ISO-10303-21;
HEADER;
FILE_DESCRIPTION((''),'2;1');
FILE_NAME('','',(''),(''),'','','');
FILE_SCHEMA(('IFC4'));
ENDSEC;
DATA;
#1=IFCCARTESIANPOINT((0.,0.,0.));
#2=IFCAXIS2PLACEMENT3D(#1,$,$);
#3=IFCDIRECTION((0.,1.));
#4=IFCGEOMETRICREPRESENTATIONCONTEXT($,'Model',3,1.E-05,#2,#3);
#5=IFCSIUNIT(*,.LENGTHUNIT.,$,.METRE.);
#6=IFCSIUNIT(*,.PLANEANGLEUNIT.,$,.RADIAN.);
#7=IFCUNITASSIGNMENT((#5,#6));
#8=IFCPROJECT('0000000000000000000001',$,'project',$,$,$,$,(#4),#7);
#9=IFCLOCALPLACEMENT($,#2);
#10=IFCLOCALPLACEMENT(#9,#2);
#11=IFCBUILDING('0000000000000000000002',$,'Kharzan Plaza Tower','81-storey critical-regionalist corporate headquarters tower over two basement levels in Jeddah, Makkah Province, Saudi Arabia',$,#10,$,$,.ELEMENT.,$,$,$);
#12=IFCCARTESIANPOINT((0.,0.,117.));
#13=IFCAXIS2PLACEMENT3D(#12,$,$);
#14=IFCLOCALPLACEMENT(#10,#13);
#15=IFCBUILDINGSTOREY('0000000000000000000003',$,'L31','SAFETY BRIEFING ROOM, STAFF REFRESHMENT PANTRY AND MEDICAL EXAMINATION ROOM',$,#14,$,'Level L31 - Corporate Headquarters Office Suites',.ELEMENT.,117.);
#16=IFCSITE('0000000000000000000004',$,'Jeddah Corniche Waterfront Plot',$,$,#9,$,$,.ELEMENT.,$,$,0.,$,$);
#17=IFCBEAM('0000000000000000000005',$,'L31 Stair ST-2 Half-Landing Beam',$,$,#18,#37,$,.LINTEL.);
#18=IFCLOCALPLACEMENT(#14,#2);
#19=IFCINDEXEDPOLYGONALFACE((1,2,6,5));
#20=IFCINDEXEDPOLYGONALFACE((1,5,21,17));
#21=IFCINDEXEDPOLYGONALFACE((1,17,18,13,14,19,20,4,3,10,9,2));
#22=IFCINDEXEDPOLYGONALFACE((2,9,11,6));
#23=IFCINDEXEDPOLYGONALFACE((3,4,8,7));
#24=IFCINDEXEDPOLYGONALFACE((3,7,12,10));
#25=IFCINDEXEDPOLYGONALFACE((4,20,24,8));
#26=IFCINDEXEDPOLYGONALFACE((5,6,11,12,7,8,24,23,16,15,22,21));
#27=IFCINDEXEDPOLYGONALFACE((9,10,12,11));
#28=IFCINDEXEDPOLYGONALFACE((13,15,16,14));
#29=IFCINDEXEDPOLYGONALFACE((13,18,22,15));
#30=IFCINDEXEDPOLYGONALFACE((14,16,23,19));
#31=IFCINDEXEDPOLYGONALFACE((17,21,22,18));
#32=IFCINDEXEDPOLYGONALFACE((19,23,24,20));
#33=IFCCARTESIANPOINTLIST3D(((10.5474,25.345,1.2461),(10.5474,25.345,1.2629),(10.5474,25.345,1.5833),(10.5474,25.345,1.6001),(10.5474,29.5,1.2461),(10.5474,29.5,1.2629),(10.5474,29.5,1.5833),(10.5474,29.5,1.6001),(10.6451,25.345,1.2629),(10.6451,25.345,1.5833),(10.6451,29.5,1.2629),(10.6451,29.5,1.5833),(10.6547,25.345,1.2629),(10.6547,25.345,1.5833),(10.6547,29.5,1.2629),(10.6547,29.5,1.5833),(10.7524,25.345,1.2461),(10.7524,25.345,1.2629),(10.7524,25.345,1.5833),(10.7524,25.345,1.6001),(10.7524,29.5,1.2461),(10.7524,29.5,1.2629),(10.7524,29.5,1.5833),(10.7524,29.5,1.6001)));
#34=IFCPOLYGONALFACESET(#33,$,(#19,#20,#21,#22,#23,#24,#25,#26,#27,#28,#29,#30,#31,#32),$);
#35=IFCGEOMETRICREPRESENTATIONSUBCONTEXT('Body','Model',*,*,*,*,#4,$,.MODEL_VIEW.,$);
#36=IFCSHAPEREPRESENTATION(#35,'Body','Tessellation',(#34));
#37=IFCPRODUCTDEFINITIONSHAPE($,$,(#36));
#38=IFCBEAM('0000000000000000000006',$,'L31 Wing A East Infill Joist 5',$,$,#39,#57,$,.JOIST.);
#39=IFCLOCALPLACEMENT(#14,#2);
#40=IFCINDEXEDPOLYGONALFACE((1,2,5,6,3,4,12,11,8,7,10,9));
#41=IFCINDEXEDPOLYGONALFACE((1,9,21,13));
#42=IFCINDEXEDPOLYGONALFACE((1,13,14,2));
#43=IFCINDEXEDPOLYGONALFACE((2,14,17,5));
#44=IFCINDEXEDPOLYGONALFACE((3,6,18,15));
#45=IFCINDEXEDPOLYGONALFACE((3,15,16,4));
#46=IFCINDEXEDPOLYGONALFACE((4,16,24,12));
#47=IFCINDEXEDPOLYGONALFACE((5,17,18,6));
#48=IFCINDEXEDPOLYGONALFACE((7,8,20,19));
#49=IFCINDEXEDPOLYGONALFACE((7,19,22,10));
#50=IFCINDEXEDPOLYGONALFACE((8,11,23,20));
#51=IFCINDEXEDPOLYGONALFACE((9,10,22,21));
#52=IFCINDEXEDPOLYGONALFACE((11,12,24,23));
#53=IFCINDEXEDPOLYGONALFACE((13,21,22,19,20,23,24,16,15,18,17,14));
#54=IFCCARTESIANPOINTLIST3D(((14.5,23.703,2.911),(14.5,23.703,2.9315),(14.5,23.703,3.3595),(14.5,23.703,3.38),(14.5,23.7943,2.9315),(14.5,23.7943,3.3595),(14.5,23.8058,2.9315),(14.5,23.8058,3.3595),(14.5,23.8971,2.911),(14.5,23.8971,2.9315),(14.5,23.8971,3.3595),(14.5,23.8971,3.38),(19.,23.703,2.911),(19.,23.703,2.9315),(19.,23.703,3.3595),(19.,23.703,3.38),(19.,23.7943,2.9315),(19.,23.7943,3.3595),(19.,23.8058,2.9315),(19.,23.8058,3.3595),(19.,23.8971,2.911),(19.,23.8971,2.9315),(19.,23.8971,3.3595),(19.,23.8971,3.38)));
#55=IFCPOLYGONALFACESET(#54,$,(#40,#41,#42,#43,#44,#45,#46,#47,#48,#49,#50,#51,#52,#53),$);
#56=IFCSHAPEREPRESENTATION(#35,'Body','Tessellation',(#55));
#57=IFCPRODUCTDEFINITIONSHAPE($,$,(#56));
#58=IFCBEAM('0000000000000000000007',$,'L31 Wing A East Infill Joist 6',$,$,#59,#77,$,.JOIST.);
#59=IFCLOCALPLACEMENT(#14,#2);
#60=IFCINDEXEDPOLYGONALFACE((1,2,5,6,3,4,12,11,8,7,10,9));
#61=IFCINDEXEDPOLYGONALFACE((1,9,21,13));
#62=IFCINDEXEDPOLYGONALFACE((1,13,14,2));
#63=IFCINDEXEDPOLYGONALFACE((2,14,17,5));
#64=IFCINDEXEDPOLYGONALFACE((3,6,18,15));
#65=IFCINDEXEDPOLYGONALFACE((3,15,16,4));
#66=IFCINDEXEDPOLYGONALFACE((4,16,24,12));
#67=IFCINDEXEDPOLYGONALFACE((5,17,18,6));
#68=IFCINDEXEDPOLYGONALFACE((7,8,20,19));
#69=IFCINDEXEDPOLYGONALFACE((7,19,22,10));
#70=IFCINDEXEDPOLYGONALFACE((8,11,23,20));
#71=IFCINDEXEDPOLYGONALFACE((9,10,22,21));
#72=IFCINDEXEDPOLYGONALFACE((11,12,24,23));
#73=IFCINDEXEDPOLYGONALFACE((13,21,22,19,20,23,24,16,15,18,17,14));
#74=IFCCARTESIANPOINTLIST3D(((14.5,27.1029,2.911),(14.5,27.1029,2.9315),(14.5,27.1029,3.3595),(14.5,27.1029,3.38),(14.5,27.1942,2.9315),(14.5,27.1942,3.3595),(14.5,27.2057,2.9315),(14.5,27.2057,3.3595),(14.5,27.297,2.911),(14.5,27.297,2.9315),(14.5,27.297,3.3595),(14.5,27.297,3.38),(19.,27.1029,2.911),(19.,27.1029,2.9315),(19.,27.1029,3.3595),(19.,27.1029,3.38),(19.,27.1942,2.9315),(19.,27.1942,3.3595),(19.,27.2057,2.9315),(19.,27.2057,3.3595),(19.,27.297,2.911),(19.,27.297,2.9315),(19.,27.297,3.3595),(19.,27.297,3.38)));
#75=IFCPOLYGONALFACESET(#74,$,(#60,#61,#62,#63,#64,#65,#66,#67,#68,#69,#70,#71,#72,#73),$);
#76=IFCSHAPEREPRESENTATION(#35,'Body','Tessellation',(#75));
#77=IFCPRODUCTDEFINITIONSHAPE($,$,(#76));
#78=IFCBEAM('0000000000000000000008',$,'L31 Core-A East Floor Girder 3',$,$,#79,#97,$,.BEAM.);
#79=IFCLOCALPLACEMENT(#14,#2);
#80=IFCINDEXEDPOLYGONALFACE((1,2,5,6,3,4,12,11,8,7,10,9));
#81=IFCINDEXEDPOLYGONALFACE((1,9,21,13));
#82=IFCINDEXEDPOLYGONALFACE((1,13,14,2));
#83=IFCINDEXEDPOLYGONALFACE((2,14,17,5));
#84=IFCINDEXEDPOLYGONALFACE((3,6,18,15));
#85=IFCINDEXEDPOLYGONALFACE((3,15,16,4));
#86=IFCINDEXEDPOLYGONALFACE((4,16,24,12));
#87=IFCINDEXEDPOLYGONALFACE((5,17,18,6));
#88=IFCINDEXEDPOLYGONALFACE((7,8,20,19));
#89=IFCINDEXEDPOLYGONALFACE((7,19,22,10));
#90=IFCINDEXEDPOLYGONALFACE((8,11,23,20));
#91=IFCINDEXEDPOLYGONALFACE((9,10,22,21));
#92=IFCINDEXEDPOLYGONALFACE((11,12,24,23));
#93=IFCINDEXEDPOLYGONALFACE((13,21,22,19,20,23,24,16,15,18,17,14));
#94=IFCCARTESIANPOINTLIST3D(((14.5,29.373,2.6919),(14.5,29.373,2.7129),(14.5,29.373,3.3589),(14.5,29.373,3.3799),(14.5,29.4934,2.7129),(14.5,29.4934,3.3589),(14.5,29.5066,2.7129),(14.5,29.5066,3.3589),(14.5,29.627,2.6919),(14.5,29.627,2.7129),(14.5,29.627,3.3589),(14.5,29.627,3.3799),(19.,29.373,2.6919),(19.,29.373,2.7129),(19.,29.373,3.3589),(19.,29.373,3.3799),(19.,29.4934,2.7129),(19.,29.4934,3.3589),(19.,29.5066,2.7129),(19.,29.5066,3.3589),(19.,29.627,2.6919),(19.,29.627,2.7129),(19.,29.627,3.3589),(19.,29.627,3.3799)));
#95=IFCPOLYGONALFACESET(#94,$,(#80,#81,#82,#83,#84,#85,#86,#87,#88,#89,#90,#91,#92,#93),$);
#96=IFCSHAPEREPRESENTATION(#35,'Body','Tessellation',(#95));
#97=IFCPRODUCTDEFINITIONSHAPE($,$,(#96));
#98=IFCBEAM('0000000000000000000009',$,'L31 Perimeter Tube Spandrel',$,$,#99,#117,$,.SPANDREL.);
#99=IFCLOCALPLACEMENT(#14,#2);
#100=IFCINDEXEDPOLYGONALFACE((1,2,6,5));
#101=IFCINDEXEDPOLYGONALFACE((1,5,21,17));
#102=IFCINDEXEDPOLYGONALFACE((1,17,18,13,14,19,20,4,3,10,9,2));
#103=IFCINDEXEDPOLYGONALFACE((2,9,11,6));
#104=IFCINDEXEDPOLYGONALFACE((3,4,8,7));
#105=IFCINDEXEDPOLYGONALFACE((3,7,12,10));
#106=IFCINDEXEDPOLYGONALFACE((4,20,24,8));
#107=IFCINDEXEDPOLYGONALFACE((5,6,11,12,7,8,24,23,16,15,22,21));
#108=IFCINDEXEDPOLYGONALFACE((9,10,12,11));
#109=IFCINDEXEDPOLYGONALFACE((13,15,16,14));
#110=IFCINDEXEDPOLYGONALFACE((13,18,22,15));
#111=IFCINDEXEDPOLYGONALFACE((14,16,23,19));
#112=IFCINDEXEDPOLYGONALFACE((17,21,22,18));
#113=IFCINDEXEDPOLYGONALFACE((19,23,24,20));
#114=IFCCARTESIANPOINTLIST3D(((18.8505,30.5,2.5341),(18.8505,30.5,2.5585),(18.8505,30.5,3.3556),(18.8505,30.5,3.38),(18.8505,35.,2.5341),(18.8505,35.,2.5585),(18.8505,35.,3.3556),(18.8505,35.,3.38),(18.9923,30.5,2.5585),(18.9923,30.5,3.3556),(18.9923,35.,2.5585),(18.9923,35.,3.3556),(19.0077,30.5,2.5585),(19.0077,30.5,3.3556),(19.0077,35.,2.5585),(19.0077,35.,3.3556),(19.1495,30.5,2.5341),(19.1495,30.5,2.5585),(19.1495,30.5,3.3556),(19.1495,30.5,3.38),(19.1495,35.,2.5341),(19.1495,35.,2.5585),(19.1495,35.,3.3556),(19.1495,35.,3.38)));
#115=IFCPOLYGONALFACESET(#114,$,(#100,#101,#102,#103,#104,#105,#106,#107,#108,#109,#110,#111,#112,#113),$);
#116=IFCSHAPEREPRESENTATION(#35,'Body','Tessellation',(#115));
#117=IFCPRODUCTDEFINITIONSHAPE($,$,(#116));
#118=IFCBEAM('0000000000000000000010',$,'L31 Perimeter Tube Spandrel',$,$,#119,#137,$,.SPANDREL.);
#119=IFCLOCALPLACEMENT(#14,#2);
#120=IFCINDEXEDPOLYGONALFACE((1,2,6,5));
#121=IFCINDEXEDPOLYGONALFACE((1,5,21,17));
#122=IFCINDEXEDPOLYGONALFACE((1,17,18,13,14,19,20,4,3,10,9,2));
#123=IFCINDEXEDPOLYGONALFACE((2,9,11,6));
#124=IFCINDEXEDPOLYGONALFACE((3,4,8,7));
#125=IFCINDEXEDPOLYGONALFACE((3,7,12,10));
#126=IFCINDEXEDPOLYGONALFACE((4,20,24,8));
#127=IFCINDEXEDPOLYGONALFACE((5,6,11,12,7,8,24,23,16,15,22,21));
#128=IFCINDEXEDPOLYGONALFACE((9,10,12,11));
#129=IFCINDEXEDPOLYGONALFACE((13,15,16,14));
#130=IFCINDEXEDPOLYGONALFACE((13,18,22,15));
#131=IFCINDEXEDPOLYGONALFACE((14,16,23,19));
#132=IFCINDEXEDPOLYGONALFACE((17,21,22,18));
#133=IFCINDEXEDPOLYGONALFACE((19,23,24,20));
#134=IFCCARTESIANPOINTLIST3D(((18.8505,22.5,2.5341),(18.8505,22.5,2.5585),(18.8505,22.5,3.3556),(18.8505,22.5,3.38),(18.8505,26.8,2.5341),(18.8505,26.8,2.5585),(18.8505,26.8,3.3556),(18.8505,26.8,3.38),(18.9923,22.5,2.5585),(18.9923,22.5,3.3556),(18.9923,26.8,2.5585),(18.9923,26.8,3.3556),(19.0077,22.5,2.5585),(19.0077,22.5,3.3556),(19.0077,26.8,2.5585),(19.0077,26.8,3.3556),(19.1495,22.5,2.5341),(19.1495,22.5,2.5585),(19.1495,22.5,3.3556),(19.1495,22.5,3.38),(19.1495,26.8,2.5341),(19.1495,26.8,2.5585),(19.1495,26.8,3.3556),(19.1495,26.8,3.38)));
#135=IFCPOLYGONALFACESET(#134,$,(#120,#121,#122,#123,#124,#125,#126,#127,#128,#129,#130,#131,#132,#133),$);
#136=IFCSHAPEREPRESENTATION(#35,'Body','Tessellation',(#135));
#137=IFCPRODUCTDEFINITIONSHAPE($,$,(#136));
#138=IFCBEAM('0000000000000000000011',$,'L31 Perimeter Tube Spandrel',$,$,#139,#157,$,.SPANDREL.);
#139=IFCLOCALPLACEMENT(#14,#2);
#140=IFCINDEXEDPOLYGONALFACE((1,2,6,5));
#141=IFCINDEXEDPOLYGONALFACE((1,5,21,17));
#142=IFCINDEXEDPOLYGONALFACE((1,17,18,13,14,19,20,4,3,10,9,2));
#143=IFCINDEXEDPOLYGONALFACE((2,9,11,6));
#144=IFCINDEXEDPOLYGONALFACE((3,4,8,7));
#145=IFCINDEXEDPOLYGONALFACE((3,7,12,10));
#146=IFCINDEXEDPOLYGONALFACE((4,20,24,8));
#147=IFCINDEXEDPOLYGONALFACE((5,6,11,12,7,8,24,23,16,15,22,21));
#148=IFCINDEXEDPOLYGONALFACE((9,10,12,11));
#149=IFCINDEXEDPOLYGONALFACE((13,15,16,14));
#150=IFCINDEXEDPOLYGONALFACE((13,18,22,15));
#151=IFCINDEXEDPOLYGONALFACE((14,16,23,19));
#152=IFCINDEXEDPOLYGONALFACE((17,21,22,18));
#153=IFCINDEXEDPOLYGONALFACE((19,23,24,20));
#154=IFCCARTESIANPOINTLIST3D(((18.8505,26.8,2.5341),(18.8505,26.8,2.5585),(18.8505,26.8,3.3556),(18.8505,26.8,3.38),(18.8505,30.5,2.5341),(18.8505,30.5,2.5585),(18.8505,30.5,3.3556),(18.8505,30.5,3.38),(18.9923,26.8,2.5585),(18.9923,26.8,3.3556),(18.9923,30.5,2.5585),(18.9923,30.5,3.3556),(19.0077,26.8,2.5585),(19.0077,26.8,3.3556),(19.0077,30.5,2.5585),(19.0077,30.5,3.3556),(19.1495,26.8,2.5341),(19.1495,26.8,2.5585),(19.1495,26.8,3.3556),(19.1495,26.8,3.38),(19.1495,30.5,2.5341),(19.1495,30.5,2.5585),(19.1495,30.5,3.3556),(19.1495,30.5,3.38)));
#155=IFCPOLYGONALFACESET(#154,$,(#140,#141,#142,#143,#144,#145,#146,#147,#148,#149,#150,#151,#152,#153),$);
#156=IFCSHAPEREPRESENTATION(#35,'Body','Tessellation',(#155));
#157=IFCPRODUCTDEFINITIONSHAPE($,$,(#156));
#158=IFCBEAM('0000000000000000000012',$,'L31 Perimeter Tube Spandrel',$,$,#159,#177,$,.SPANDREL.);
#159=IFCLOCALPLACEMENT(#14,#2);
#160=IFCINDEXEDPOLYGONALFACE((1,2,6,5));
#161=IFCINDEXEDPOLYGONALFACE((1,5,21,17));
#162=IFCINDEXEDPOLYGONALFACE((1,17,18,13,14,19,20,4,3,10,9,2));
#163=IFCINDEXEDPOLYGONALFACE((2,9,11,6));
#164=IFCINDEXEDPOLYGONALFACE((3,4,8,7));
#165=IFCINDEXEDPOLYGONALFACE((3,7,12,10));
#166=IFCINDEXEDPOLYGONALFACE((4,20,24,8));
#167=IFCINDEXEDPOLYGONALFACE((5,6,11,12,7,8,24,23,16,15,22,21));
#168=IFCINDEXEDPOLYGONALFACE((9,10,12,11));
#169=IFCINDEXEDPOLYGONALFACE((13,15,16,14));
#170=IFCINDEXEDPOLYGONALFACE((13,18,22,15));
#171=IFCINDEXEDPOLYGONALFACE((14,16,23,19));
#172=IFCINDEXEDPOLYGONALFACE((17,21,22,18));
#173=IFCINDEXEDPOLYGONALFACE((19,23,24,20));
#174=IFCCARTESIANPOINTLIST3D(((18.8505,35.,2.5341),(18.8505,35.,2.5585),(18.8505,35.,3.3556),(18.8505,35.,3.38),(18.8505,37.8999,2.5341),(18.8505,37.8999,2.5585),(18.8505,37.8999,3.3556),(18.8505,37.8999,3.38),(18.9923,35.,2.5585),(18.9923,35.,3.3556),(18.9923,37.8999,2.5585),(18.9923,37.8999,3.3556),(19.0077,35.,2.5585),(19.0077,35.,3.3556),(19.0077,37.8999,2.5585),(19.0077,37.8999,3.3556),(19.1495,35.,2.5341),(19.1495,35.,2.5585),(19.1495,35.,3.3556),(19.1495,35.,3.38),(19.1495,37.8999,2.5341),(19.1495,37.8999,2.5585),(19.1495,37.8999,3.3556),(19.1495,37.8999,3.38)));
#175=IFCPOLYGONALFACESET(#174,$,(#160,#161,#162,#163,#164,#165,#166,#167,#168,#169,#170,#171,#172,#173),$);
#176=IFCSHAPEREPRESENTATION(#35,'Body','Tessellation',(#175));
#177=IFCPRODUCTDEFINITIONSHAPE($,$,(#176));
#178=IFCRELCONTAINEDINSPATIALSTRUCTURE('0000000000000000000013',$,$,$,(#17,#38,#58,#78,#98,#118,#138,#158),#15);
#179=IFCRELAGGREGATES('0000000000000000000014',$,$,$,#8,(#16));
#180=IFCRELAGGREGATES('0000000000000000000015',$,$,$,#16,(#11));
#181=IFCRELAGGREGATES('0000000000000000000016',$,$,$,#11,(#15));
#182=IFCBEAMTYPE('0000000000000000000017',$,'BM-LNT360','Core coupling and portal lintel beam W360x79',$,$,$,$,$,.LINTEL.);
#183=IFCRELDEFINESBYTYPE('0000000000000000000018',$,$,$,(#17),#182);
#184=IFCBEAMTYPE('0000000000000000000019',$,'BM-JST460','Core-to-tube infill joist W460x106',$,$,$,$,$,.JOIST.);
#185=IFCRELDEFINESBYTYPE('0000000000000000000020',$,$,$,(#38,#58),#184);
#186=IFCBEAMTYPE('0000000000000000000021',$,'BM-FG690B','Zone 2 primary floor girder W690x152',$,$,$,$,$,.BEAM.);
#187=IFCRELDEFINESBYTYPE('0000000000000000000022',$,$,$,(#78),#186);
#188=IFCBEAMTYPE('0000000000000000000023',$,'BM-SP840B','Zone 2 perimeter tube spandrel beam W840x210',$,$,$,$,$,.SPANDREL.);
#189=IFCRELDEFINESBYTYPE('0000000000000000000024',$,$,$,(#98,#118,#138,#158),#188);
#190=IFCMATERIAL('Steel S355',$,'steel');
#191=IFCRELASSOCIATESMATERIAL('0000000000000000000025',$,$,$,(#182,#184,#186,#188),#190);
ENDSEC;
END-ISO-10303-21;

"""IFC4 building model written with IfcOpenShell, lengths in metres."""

from ifc_helpers import new_model, si_unit, direction, frame, origin, origin_2d, place, context, subcontext, project, spatial, i_section, extrude, source, transform, mapped, material, material_profile, profile_set, type_object, element, save


model = new_model("IFC4")

# Units and contexts
model_context = context("Model", 3, precision=1e-05, world=origin(), true_north=direction((0.0, 1.0)))
body_context = subcontext(model_context, "Body", "Model", "MODEL_VIEW")
ifc_project = project(units=[si_unit("LENGTHUNIT", "METRE"), si_unit("PLANEANGLEUNIT", "RADIAN")], contexts=[model_context])

# Site, building, storey
site_placement = place(None, origin())
site = spatial("IfcSite", under=ifc_project, at=site_placement, Name="Jeddah Corniche Waterfront Plot", CompositionType="ELEMENT", RefElevation=0.0)
building_placement = place(site_placement, origin())
building = spatial("IfcBuilding", under=site, at=building_placement, Name="Kharzan Plaza Tower", Description="81-storey critical-regionalist corporate headquarters tower over two basement levels in Jeddah, Makkah Province, Saudi Arabia", CompositionType="ELEMENT")
storey_placement = place(building_placement, frame((0.0, 0.0, 117.0)))
storey = spatial("IfcBuildingStorey", under=building, at=storey_placement, Name="L31", Description="SAFETY BRIEFING ROOM, STAFF REFRESHMENT PANTRY AND MEDICAL EXAMINATION ROOM", LongName="Level L31 - Corporate Headquarters Office Suites", CompositionType="ELEMENT", Elevation=117.0)

# Beams
ifc_material_1 = material(Name="Steel S355", Category="steel")
ifc_material_profile_1 = material_profile(ifc_material_1, i_section(OverallWidth=0.2051, OverallDepth=0.354, WebThickness=0.0095, FlangeThickness=0.0168, at=origin_2d()), Name="W360x79")
ifc_profile_set_1 = profile_set([ifc_material_profile_1], Name="Steel S355")
beam_type_1 = type_object("IfcBeamType", Name="BM-LNT360", Description="Core coupling and portal lintel beam W360x79", PredefinedType="LINTEL", material=ifc_profile_set_1)
shared_shape_1 = source(origin(), body_context, "Body", "SweptSolid", [
    extrude(i_section(OverallWidth=0.2051, OverallDepth=0.354, WebThickness=0.0095, FlangeThickness=0.0168, at=origin_2d()), origin(), (0.0, 0.0, 1.0), 4.155),
])
beam_1_placement = place(storey_placement, frame((10.6499, 25.345, 1.4231), z_axis=(0.0, 1.0, 0.0), x_axis=(-1.0, 0.0, 0.0)))
element("IfcBeam", 1, at=beam_1_placement, inside=storey, type_object=beam_type_1, Name="L31 Stair ST-2 Half-Landing Beam", PredefinedType="LINTEL", context=body_context, shape_type="MappedRepresentation", body=[
    mapped(shared_shape_1, transform((0.0, 0.0, 0.0), x_axis=(1.0, 0.0, 0.0), y_axis=(0.0, 1.0, 0.0), z_axis=(0.0, 0.0, 1.0))),
])
ifc_material_profile_2 = material_profile(ifc_material_1, i_section(OverallWidth=0.1941, OverallDepth=0.469, WebThickness=0.0115, FlangeThickness=0.0205, at=origin_2d()), Name="W460x106")
ifc_profile_set_2 = profile_set([ifc_material_profile_2], Name="Steel S355")
beam_type_2 = type_object("IfcBeamType", Name="BM-JST460", Description="Core-to-tube infill joist W460x106", PredefinedType="JOIST", material=ifc_profile_set_2)
shared_shape_2 = source(origin(), body_context, "Body", "SweptSolid", [
    extrude(i_section(OverallWidth=0.1941, OverallDepth=0.469, WebThickness=0.0115, FlangeThickness=0.0205, at=origin_2d()), origin(), (0.0, 0.0, 1.0), 4.5),
])
for number, where, z_axis, x_axis, name in (
    (2, (14.5, 23.8, 3.1455), (1.0, 0.0, 0.0), (0.0, 1.0, 0.0), "L31 Wing A East Infill Joist 5"),
    (3, (14.5, 27.2, 3.1455), (1.0, 0.0, 0.0), (0.0, 1.0, 0.0), "L31 Wing A East Infill Joist 6"),
):
    element("IfcBeam", number, at=place(storey_placement, frame(where, z_axis=z_axis, x_axis=x_axis)), inside=storey, type_object=beam_type_2, Name=name, PredefinedType="JOIST", context=body_context, shape_type="MappedRepresentation", body=[
        mapped(shared_shape_2, transform((0.0, 0.0, 0.0), x_axis=(1.0, 0.0, 0.0), y_axis=(0.0, 1.0, 0.0), z_axis=(0.0, 0.0, 1.0))),
    ])
ifc_material_profile_3 = material_profile(ifc_material_1, i_section(OverallWidth=0.2539, OverallDepth=0.688, WebThickness=0.0132, FlangeThickness=0.021, at=origin_2d()), Name="W690x152")
ifc_profile_set_3 = profile_set([ifc_material_profile_3], Name="Steel S355")
beam_type_3 = type_object("IfcBeamType", Name="BM-FG690B", Description="Zone 2 primary floor girder W690x152", PredefinedType="BEAM", material=ifc_profile_set_3)
shared_shape_3 = source(origin(), body_context, "Body", "SweptSolid", [
    extrude(i_section(OverallWidth=0.2539, OverallDepth=0.688, WebThickness=0.0132, FlangeThickness=0.021, at=origin_2d()), origin(), (0.0, 0.0, 1.0), 4.5),
])
beam_2_placement = place(storey_placement, frame((14.5, 29.5, 3.0359), z_axis=(1.0, 0.0, 0.0), x_axis=(0.0, 1.0, 0.0)))
element("IfcBeam", 4, at=beam_2_placement, inside=storey, type_object=beam_type_3, Name="L31 Core-A East Floor Girder 3", PredefinedType="BEAM", context=body_context, shape_type="MappedRepresentation", body=[
    mapped(shared_shape_3, transform((0.0, 0.0, 0.0), x_axis=(1.0, 0.0, 0.0), y_axis=(0.0, 1.0, 0.0), z_axis=(0.0, 0.0, 1.0))),
])
ifc_material_profile_4 = material_profile(ifc_material_1, i_section(OverallWidth=0.2991, OverallDepth=0.8459, WebThickness=0.0154, FlangeThickness=0.0244, at=origin_2d()), Name="W840x210")
ifc_profile_set_4 = profile_set([ifc_material_profile_4], Name="Steel S355")
beam_type_4 = type_object("IfcBeamType", Name="BM-SP840B", Description="Zone 2 perimeter tube spandrel beam W840x210", PredefinedType="SPANDREL", material=ifc_profile_set_4)
shared_shape_4 = source(origin(), body_context, "Body", "SweptSolid", [
    extrude(i_section(OverallWidth=0.2991, OverallDepth=0.8459, WebThickness=0.0154, FlangeThickness=0.0244, at=origin_2d()), origin(), (0.0, 0.0, 1.0), 4.5),
])
beam_3_placement = place(storey_placement, frame((19.0, 30.5, 2.957), z_axis=(0.0, 1.0, 0.0), x_axis=(-1.0, 0.0, 0.0)))
element("IfcBeam", 5, at=beam_3_placement, inside=storey, type_object=beam_type_4, Name="L31 Perimeter Tube Spandrel", PredefinedType="SPANDREL", context=body_context, shape_type="MappedRepresentation", body=[
    mapped(shared_shape_4, transform((0.0, 0.0, 0.0), x_axis=(1.0, 0.0, 0.0), y_axis=(0.0, 1.0, 0.0), z_axis=(0.0, 0.0, 1.0))),
])
shared_shape_5 = source(origin(), body_context, "Body", "SweptSolid", [
    extrude(i_section(OverallWidth=0.2991, OverallDepth=0.8459, WebThickness=0.0154, FlangeThickness=0.0244, at=origin_2d()), origin(), (0.0, 0.0, 1.0), 4.3),
])
beam_4_placement = place(storey_placement, frame((19.0, 22.5, 2.957), z_axis=(0.0, 1.0, 0.0), x_axis=(-1.0, 0.0, 0.0)))
element("IfcBeam", 6, at=beam_4_placement, inside=storey, type_object=beam_type_4, Name="L31 Perimeter Tube Spandrel", PredefinedType="SPANDREL", context=body_context, shape_type="MappedRepresentation", body=[
    mapped(shared_shape_5, transform((0.0, 0.0, 0.0), x_axis=(1.0, 0.0, 0.0), y_axis=(0.0, 1.0, 0.0), z_axis=(0.0, 0.0, 1.0))),
])
shared_shape_6 = source(origin(), body_context, "Body", "SweptSolid", [
    extrude(i_section(OverallWidth=0.2991, OverallDepth=0.8459, WebThickness=0.0154, FlangeThickness=0.0244, at=origin_2d()), origin(), (0.0, 0.0, 1.0), 3.7),
])
beam_5_placement = place(storey_placement, frame((19.0, 26.8, 2.957), z_axis=(0.0, 1.0, 0.0), x_axis=(-1.0, 0.0, 0.0)))
element("IfcBeam", 7, at=beam_5_placement, inside=storey, type_object=beam_type_4, Name="L31 Perimeter Tube Spandrel", PredefinedType="SPANDREL", context=body_context, shape_type="MappedRepresentation", body=[
    mapped(shared_shape_6, transform((0.0, 0.0, 0.0), x_axis=(1.0, 0.0, 0.0), y_axis=(0.0, 1.0, 0.0), z_axis=(0.0, 0.0, 1.0))),
])
shared_shape_7 = source(origin(), body_context, "Body", "SweptSolid", [
    extrude(i_section(OverallWidth=0.2991, OverallDepth=0.8459, WebThickness=0.0154, FlangeThickness=0.0244, at=origin_2d()), origin(), (0.0, 0.0, 1.0), 2.8999),
])
beam_6_placement = place(storey_placement, frame((19.0, 35.0, 2.957), z_axis=(0.0, 1.0, 0.0), x_axis=(-1.0, 0.0, 0.0)))
element("IfcBeam", 8, at=beam_6_placement, inside=storey, type_object=beam_type_4, Name="L31 Perimeter Tube Spandrel", PredefinedType="SPANDREL", context=body_context, shape_type="MappedRepresentation", body=[
    mapped(shared_shape_7, transform((0.0, 0.0, 0.0), x_axis=(1.0, 0.0, 0.0), y_axis=(0.0, 1.0, 0.0), z_axis=(0.0, 0.0, 1.0))),
])

save(model, "model.ifc")
